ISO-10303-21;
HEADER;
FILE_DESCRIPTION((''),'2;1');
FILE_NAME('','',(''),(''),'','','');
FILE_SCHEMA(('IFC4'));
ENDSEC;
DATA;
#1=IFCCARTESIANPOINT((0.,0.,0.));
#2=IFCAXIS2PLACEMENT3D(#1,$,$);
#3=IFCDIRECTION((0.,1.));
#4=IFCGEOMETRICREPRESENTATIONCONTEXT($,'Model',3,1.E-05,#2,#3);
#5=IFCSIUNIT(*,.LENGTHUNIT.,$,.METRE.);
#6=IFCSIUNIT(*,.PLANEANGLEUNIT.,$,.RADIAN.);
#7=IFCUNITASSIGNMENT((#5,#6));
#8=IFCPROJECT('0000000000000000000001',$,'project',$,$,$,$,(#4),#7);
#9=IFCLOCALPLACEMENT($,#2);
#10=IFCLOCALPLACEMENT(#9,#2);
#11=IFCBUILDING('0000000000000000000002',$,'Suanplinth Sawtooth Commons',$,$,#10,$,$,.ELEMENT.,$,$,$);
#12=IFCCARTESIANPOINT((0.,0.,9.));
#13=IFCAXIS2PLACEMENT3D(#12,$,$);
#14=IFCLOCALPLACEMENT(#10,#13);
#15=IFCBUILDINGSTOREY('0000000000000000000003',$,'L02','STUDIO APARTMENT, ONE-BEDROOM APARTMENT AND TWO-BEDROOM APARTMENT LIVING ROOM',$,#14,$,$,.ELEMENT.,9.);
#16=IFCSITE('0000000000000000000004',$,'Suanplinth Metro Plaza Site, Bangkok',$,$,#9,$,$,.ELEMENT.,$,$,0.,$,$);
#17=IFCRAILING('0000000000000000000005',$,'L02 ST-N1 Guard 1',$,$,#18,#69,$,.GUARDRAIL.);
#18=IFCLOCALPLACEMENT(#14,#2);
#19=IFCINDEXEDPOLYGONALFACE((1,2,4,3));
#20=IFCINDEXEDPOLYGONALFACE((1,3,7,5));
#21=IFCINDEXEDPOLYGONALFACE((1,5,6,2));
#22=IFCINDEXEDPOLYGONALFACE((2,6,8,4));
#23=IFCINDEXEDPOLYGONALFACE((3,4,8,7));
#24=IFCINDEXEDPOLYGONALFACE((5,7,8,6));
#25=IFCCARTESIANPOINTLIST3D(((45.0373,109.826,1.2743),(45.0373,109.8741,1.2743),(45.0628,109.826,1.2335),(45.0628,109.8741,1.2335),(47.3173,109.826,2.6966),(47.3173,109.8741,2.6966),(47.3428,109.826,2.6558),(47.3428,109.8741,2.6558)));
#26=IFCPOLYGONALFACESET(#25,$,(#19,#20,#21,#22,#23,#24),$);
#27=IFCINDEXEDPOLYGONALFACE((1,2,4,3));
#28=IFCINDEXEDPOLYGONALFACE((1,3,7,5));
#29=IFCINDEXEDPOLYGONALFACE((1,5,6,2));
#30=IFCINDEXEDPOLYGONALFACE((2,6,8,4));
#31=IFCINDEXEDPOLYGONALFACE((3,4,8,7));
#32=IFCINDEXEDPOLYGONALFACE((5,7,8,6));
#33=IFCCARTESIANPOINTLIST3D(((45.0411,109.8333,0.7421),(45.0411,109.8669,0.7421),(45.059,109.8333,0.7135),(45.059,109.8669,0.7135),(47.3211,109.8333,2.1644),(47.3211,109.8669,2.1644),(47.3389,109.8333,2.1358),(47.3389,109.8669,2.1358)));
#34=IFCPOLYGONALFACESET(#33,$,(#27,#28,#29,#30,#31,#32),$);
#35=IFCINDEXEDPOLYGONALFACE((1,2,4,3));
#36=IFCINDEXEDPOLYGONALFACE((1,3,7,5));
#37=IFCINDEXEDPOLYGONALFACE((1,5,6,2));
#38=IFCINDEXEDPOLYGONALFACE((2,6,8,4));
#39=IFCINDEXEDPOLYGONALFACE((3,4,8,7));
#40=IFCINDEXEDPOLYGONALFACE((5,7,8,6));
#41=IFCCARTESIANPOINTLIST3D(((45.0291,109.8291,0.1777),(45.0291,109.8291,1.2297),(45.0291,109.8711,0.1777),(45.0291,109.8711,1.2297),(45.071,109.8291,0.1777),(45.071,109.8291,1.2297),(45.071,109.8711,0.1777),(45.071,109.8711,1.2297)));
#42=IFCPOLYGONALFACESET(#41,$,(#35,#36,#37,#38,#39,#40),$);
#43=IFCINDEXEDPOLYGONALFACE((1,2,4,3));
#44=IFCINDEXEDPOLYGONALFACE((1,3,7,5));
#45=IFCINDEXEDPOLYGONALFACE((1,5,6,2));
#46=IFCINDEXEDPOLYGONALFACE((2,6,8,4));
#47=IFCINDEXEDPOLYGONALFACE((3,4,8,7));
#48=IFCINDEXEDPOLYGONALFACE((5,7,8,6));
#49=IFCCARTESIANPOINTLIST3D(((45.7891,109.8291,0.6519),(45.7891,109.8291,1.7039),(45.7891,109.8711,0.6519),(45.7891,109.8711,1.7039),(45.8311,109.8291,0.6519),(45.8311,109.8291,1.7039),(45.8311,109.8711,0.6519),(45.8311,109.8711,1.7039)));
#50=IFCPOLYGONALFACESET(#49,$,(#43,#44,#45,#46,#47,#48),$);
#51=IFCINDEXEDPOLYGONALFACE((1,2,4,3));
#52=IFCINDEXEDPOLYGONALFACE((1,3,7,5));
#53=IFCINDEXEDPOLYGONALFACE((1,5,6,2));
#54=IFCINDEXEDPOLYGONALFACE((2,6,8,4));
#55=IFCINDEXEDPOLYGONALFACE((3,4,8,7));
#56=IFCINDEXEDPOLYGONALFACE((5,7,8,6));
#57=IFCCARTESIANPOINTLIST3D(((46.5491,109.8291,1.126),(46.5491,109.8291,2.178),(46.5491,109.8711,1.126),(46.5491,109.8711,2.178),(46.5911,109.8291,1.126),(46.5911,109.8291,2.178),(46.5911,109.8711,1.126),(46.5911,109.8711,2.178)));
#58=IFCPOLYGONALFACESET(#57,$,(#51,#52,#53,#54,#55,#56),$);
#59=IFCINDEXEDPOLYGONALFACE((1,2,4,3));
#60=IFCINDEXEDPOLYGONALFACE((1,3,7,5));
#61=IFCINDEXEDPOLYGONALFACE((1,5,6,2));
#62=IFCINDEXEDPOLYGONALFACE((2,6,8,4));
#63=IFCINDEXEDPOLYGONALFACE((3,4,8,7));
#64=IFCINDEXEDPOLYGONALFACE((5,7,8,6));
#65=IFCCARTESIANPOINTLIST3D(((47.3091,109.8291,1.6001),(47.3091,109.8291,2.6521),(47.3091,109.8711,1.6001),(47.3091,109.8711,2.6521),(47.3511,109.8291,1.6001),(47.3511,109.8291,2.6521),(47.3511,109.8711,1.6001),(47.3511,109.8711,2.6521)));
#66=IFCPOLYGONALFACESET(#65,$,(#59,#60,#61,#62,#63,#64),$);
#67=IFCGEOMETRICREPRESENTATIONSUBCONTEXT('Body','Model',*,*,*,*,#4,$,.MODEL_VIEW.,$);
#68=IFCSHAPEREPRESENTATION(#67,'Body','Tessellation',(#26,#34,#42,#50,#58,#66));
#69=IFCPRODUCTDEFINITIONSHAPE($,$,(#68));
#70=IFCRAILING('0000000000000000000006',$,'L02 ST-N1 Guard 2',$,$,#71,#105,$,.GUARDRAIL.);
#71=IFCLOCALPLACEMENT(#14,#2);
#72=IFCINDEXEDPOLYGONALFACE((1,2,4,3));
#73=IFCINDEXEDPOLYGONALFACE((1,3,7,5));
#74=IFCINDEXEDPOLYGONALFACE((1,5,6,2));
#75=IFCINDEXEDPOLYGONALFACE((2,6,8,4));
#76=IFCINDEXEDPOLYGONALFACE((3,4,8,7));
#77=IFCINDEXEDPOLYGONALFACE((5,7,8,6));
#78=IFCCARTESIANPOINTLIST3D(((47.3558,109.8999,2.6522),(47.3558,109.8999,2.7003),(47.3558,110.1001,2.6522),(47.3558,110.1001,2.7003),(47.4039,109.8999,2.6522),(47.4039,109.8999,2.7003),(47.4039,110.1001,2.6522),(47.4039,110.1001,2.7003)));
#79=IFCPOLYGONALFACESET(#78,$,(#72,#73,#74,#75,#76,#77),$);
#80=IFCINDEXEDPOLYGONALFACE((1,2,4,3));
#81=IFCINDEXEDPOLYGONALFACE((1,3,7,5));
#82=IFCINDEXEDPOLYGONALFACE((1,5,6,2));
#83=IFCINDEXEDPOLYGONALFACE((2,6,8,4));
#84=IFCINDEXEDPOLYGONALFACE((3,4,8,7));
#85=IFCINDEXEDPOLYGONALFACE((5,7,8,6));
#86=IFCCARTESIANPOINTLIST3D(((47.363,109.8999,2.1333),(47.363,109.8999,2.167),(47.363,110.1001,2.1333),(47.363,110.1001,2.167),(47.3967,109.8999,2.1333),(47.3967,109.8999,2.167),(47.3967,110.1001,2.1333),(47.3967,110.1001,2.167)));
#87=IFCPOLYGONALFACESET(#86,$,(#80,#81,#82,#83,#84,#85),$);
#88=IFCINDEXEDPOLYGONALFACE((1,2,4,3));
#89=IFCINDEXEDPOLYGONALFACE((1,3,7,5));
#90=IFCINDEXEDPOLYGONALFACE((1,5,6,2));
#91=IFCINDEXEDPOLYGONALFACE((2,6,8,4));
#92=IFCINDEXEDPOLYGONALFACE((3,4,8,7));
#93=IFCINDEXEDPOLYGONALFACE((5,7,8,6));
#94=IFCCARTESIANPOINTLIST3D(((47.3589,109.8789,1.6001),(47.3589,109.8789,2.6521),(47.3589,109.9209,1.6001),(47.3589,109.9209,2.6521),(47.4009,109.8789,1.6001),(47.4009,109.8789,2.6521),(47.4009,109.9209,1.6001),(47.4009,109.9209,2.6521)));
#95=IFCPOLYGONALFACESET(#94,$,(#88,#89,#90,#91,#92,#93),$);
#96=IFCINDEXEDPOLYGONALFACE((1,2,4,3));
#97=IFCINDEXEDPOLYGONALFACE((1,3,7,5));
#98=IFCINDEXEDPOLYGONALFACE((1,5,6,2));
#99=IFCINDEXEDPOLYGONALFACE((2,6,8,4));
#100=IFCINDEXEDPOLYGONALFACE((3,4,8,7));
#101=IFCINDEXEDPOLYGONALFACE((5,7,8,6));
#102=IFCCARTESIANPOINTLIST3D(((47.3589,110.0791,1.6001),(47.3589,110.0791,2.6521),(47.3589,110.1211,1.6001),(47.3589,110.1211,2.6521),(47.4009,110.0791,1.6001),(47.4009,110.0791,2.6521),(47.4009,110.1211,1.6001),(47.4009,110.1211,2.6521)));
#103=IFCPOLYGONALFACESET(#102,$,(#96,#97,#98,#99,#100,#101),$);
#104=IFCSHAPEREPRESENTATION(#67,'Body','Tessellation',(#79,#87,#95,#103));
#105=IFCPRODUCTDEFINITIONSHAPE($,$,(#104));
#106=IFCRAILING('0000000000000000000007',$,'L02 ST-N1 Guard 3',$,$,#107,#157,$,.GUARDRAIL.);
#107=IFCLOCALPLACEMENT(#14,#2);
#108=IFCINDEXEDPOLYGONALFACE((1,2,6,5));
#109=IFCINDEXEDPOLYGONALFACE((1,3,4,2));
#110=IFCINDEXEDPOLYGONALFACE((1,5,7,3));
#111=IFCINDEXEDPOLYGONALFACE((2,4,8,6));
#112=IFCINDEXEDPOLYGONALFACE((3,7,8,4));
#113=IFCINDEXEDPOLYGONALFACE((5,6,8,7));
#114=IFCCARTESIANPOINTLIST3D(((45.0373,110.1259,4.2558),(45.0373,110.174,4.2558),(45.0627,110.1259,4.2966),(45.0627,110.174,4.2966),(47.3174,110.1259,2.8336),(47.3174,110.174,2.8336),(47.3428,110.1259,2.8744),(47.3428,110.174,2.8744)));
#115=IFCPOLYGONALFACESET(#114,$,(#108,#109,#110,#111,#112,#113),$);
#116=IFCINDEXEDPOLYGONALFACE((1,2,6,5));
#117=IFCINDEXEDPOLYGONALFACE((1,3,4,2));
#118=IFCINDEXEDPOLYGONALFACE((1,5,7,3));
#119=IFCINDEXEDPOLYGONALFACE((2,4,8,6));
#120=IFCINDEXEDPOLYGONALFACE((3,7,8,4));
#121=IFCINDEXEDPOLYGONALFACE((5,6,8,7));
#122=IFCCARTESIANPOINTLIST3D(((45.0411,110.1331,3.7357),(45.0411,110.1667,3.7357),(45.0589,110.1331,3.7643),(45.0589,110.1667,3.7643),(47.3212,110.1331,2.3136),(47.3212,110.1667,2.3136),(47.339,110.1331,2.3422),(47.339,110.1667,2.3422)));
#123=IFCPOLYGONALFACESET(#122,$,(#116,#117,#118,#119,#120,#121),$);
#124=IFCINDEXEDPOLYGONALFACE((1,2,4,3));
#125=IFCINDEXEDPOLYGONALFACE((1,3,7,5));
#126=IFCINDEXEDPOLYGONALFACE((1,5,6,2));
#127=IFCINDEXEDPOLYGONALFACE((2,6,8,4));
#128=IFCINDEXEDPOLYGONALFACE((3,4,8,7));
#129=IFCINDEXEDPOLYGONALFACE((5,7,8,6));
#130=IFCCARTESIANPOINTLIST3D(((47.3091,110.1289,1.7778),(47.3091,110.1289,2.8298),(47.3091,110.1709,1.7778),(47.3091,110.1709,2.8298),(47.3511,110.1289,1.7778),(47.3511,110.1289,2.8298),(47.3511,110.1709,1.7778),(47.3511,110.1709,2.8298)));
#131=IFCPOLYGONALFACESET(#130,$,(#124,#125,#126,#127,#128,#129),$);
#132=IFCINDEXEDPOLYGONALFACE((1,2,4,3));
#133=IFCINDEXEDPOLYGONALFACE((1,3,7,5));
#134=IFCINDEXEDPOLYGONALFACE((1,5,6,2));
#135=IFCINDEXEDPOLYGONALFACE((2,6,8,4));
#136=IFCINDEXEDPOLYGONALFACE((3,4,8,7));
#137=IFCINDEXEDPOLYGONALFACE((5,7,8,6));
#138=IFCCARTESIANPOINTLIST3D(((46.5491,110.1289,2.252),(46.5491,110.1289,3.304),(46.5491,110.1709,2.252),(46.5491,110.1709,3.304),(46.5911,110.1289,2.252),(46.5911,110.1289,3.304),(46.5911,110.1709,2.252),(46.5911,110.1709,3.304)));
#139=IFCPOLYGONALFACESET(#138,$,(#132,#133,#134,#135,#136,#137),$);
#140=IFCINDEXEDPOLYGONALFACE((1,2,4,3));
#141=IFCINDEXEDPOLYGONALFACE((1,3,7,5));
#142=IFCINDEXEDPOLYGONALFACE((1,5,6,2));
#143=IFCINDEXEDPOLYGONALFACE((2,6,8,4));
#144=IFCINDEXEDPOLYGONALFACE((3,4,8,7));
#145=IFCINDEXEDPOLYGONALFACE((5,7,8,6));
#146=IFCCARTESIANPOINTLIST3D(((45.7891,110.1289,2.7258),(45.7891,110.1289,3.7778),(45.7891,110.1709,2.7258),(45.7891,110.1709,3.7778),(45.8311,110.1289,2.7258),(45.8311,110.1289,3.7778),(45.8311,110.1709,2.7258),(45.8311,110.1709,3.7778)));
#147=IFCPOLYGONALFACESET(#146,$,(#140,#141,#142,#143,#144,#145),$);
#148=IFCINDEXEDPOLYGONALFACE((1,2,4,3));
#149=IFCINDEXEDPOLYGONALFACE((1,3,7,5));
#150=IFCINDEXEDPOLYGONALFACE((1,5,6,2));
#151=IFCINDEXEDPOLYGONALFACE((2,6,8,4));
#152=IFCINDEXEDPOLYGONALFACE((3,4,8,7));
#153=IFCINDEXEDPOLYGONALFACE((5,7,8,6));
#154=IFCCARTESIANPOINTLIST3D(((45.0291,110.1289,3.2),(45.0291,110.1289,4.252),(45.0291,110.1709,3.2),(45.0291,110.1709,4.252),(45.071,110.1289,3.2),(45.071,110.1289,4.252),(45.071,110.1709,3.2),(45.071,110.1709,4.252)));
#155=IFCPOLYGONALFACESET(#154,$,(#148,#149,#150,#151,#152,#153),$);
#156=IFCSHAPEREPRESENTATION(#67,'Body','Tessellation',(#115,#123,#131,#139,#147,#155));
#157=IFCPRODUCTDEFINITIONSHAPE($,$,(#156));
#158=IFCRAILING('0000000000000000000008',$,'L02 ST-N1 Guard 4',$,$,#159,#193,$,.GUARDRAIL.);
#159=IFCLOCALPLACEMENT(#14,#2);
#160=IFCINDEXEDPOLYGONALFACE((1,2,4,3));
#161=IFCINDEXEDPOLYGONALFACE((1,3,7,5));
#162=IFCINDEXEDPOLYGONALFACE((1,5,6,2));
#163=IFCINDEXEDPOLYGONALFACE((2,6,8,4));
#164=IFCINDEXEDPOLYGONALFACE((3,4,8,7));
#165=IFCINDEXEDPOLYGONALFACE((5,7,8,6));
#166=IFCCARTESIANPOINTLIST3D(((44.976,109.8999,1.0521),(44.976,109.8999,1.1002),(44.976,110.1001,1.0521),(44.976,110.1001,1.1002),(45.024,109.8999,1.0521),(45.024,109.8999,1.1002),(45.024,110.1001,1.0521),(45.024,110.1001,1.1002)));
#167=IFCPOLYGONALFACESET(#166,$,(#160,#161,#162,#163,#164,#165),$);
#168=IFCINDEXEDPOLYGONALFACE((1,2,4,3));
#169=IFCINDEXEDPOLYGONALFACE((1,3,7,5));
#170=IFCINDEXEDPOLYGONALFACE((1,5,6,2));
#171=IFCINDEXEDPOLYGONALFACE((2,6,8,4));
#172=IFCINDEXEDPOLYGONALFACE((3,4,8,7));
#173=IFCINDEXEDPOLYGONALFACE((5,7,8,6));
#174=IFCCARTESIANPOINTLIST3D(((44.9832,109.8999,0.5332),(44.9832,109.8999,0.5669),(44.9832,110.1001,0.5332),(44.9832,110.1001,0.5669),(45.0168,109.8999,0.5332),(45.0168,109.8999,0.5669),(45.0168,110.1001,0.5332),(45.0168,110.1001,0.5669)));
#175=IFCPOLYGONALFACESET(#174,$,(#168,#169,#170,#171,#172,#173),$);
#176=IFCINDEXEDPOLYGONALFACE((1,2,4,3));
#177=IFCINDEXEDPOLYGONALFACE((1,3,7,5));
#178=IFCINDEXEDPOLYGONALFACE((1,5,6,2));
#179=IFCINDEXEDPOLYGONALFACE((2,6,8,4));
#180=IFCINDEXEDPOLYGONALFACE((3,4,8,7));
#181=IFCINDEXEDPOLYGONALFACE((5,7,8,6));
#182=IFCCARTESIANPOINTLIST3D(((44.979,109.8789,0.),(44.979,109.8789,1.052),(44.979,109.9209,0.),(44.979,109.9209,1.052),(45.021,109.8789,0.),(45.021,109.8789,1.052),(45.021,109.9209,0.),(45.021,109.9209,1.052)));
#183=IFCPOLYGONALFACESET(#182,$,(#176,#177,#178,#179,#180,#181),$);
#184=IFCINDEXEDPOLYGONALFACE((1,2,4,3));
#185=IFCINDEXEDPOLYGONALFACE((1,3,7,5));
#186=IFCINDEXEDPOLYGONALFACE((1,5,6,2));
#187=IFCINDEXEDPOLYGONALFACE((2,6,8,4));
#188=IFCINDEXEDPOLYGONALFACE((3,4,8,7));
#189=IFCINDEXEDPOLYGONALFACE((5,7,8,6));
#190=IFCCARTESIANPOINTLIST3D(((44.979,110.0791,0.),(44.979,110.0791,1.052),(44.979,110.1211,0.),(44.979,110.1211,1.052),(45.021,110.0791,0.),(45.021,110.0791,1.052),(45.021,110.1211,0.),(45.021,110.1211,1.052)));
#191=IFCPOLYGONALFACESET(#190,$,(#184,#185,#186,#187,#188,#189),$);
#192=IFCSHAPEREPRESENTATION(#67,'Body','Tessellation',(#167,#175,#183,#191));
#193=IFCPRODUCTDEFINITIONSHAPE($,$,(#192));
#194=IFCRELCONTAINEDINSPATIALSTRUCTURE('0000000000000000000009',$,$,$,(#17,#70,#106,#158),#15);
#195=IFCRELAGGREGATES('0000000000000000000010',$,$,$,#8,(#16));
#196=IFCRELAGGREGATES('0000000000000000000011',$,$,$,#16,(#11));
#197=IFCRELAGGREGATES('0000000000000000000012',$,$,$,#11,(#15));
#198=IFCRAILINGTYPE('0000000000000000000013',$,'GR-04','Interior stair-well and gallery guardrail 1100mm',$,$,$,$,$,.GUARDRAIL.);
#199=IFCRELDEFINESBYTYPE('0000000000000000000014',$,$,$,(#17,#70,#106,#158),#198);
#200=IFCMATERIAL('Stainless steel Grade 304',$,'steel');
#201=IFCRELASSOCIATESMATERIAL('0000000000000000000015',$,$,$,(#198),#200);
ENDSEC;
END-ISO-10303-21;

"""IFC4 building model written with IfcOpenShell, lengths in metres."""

from ifc_helpers import new_model, si_unit, direction, frame, origin, origin_2d, place, context, subcontext, project, spatial, rectangle, extrude, material, type_object, element, save


model = new_model("IFC4")

# Units and contexts
model_context = context("Model", 3, precision=1e-05, world=origin(), true_north=direction((0.0, 1.0)))
body_context = subcontext(model_context, "Body", "Model", "MODEL_VIEW")
ifc_project = project(units=[si_unit("LENGTHUNIT", "METRE"), si_unit("PLANEANGLEUNIT", "RADIAN")], contexts=[model_context])

# Site, building, storey
site_placement = place(None, origin())
site = spatial("IfcSite", under=ifc_project, at=site_placement, Name="Suanplinth Metro Plaza Site, Bangkok", CompositionType="ELEMENT", RefElevation=0.0)
building_placement = place(site_placement, origin())
building = spatial("IfcBuilding", under=site, at=building_placement, Name="Suanplinth Sawtooth Commons", CompositionType="ELEMENT")
storey_placement = place(building_placement, frame((0.0, 0.0, 9.0)))
storey = spatial("IfcBuildingStorey", under=building, at=storey_placement, Name="L02", Description="STUDIO APARTMENT, ONE-BEDROOM APARTMENT AND TWO-BEDROOM APARTMENT LIVING ROOM", CompositionType="ELEMENT", Elevation=9.0)

# Railings
ifc_material_1 = material(Name="Stainless steel Grade 304", Category="steel")
railing_type_1 = type_object("IfcRailingType", Name="GR-04", Description="Interior stair-well and gallery guardrail 1100mm", PredefinedType="GUARDRAIL", material=ifc_material_1)
railing_1_placement = place(storey_placement, frame((45.05, 109.8501, 0.1777)))
element("IfcRailing", 1, at=railing_1_placement, inside=storey, type_object=railing_type_1, Name="L02 ST-N1 Guard 1", PredefinedType="GUARDRAIL", context=body_context, shape_type="SweptSolid", body=[
    extrude(rectangle(XDim=0.0481, YDim=0.0481, at=origin_2d()), frame((0.0, 0.0, 1.0762), z_axis=(0.848442, 0.0, 0.529288), x_axis=(0.0, 1.0, 0.0)), (0.0, 0.0, 1.0), 2.6873),
    extrude(rectangle(XDim=0.0337, YDim=0.0337, at=origin_2d()), frame((0.0, 0.0, 0.55), z_axis=(0.848442, 0.0, 0.529288), x_axis=(0.0, 1.0, 0.0)), (0.0, 0.0, 1.0), 2.6873),
    extrude(rectangle(XDim=0.042, YDim=0.042, at=origin_2d()), origin(), (0.0, 0.0, 1.0), 1.052),
    extrude(rectangle(XDim=0.042, YDim=0.042, at=origin_2d()), frame((0.76, 0.0, 0.4741)), (0.0, 0.0, 1.0), 1.052),
    extrude(rectangle(XDim=0.042, YDim=0.042, at=origin_2d()), frame((1.52, 0.0, 0.9482)), (0.0, 0.0, 1.0), 1.052),
    extrude(rectangle(XDim=0.042, YDim=0.042, at=origin_2d()), frame((2.28, 0.0, 1.4224)), (0.0, 0.0, 1.0), 1.052),
])
railing_2_placement = place(storey_placement, frame((47.3799, 109.8999, 1.6001)))
element("IfcRailing", 2, at=railing_2_placement, inside=storey, type_object=railing_type_1, Name="L02 ST-N1 Guard 2", PredefinedType="GUARDRAIL", context=body_context, shape_type="SweptSolid", body=[
    extrude(rectangle(XDim=0.0481, YDim=0.0481, at=origin_2d()), frame((0.0, 0.0, 1.0762), z_axis=(0.0, 1.0, 0.0), x_axis=(-1.0, 0.0, 0.0)), (0.0, 0.0, 1.0), 0.2002),
    extrude(rectangle(XDim=0.0337, YDim=0.0337, at=origin_2d()), frame((0.0, 0.0, 0.55), z_axis=(0.0, 1.0, 0.0), x_axis=(-1.0, 0.0, 0.0)), (0.0, 0.0, 1.0), 0.2002),
    extrude(rectangle(XDim=0.042, YDim=0.042, at=origin_2d()), origin(), (0.0, 0.0, 1.0), 1.052),
    extrude(rectangle(XDim=0.042, YDim=0.042, at=origin_2d()), frame((0.0, 0.2002, 0.0)), (0.0, 0.0, 1.0), 1.052),
])
railing_3_placement = place(storey_placement, frame((47.3301, 110.1499, 1.7778)))
element("IfcRailing", 3, at=railing_3_placement, inside=storey, type_object=railing_type_1, Name="L02 ST-N1 Guard 3", PredefinedType="GUARDRAIL", context=body_context, shape_type="SweptSolid", body=[
    extrude(rectangle(XDim=0.0481, YDim=0.0481, at=origin_2d()), frame((0.0, 0.0, 1.0762), z_axis=(-0.848483, 0.0, 0.529223), x_axis=(0.0, -1.0, 0.0)), (0.0, 0.0, 1.0), 2.6873),
    extrude(rectangle(XDim=0.0337, YDim=0.0337, at=origin_2d()), frame((0.0, 0.0, 0.55), z_axis=(-0.848483, 0.0, 0.529223), x_axis=(0.0, -1.0, 0.0)), (0.0, 0.0, 1.0), 2.6873),
    extrude(rectangle(XDim=0.042, YDim=0.042, at=origin_2d()), origin(), (0.0, 0.0, 1.0), 1.052),
    extrude(rectangle(XDim=0.042, YDim=0.042, at=origin_2d()), frame((-0.76, 0.0, 0.4741)), (0.0, 0.0, 1.0), 1.052),
    extrude(rectangle(XDim=0.042, YDim=0.042, at=origin_2d()), frame((-1.52, 0.0, 0.948)), (0.0, 0.0, 1.0), 1.052),
    extrude(rectangle(XDim=0.042, YDim=0.042, at=origin_2d()), frame((-2.28, 0.0, 1.4221)), (0.0, 0.0, 1.0), 1.052),
])
railing_4_placement = place(storey_placement, frame((45.0, 109.8999, 0.0)))
element("IfcRailing", 4, at=railing_4_placement, inside=storey, type_object=railing_type_1, Name="L02 ST-N1 Guard 4", PredefinedType="GUARDRAIL", context=body_context, shape_type="SweptSolid", body=[
    extrude(rectangle(XDim=0.0481, YDim=0.0481, at=origin_2d()), frame((0.0, 0.0, 1.0762), z_axis=(0.0, 1.0, 0.0), x_axis=(-1.0, 0.0, 0.0)), (0.0, 0.0, 1.0), 0.2002),
    extrude(rectangle(XDim=0.0337, YDim=0.0337, at=origin_2d()), frame((0.0, 0.0, 0.55), z_axis=(0.0, 1.0, 0.0), x_axis=(-1.0, 0.0, 0.0)), (0.0, 0.0, 1.0), 0.2002),
    extrude(rectangle(XDim=0.042, YDim=0.042, at=origin_2d()), origin(), (0.0, 0.0, 1.0), 1.052),
    extrude(rectangle(XDim=0.042, YDim=0.042, at=origin_2d()), frame((0.0, 0.2002, 0.0)), (0.0, 0.0, 1.0), 1.052),
])

save(model, "model.ifc")
